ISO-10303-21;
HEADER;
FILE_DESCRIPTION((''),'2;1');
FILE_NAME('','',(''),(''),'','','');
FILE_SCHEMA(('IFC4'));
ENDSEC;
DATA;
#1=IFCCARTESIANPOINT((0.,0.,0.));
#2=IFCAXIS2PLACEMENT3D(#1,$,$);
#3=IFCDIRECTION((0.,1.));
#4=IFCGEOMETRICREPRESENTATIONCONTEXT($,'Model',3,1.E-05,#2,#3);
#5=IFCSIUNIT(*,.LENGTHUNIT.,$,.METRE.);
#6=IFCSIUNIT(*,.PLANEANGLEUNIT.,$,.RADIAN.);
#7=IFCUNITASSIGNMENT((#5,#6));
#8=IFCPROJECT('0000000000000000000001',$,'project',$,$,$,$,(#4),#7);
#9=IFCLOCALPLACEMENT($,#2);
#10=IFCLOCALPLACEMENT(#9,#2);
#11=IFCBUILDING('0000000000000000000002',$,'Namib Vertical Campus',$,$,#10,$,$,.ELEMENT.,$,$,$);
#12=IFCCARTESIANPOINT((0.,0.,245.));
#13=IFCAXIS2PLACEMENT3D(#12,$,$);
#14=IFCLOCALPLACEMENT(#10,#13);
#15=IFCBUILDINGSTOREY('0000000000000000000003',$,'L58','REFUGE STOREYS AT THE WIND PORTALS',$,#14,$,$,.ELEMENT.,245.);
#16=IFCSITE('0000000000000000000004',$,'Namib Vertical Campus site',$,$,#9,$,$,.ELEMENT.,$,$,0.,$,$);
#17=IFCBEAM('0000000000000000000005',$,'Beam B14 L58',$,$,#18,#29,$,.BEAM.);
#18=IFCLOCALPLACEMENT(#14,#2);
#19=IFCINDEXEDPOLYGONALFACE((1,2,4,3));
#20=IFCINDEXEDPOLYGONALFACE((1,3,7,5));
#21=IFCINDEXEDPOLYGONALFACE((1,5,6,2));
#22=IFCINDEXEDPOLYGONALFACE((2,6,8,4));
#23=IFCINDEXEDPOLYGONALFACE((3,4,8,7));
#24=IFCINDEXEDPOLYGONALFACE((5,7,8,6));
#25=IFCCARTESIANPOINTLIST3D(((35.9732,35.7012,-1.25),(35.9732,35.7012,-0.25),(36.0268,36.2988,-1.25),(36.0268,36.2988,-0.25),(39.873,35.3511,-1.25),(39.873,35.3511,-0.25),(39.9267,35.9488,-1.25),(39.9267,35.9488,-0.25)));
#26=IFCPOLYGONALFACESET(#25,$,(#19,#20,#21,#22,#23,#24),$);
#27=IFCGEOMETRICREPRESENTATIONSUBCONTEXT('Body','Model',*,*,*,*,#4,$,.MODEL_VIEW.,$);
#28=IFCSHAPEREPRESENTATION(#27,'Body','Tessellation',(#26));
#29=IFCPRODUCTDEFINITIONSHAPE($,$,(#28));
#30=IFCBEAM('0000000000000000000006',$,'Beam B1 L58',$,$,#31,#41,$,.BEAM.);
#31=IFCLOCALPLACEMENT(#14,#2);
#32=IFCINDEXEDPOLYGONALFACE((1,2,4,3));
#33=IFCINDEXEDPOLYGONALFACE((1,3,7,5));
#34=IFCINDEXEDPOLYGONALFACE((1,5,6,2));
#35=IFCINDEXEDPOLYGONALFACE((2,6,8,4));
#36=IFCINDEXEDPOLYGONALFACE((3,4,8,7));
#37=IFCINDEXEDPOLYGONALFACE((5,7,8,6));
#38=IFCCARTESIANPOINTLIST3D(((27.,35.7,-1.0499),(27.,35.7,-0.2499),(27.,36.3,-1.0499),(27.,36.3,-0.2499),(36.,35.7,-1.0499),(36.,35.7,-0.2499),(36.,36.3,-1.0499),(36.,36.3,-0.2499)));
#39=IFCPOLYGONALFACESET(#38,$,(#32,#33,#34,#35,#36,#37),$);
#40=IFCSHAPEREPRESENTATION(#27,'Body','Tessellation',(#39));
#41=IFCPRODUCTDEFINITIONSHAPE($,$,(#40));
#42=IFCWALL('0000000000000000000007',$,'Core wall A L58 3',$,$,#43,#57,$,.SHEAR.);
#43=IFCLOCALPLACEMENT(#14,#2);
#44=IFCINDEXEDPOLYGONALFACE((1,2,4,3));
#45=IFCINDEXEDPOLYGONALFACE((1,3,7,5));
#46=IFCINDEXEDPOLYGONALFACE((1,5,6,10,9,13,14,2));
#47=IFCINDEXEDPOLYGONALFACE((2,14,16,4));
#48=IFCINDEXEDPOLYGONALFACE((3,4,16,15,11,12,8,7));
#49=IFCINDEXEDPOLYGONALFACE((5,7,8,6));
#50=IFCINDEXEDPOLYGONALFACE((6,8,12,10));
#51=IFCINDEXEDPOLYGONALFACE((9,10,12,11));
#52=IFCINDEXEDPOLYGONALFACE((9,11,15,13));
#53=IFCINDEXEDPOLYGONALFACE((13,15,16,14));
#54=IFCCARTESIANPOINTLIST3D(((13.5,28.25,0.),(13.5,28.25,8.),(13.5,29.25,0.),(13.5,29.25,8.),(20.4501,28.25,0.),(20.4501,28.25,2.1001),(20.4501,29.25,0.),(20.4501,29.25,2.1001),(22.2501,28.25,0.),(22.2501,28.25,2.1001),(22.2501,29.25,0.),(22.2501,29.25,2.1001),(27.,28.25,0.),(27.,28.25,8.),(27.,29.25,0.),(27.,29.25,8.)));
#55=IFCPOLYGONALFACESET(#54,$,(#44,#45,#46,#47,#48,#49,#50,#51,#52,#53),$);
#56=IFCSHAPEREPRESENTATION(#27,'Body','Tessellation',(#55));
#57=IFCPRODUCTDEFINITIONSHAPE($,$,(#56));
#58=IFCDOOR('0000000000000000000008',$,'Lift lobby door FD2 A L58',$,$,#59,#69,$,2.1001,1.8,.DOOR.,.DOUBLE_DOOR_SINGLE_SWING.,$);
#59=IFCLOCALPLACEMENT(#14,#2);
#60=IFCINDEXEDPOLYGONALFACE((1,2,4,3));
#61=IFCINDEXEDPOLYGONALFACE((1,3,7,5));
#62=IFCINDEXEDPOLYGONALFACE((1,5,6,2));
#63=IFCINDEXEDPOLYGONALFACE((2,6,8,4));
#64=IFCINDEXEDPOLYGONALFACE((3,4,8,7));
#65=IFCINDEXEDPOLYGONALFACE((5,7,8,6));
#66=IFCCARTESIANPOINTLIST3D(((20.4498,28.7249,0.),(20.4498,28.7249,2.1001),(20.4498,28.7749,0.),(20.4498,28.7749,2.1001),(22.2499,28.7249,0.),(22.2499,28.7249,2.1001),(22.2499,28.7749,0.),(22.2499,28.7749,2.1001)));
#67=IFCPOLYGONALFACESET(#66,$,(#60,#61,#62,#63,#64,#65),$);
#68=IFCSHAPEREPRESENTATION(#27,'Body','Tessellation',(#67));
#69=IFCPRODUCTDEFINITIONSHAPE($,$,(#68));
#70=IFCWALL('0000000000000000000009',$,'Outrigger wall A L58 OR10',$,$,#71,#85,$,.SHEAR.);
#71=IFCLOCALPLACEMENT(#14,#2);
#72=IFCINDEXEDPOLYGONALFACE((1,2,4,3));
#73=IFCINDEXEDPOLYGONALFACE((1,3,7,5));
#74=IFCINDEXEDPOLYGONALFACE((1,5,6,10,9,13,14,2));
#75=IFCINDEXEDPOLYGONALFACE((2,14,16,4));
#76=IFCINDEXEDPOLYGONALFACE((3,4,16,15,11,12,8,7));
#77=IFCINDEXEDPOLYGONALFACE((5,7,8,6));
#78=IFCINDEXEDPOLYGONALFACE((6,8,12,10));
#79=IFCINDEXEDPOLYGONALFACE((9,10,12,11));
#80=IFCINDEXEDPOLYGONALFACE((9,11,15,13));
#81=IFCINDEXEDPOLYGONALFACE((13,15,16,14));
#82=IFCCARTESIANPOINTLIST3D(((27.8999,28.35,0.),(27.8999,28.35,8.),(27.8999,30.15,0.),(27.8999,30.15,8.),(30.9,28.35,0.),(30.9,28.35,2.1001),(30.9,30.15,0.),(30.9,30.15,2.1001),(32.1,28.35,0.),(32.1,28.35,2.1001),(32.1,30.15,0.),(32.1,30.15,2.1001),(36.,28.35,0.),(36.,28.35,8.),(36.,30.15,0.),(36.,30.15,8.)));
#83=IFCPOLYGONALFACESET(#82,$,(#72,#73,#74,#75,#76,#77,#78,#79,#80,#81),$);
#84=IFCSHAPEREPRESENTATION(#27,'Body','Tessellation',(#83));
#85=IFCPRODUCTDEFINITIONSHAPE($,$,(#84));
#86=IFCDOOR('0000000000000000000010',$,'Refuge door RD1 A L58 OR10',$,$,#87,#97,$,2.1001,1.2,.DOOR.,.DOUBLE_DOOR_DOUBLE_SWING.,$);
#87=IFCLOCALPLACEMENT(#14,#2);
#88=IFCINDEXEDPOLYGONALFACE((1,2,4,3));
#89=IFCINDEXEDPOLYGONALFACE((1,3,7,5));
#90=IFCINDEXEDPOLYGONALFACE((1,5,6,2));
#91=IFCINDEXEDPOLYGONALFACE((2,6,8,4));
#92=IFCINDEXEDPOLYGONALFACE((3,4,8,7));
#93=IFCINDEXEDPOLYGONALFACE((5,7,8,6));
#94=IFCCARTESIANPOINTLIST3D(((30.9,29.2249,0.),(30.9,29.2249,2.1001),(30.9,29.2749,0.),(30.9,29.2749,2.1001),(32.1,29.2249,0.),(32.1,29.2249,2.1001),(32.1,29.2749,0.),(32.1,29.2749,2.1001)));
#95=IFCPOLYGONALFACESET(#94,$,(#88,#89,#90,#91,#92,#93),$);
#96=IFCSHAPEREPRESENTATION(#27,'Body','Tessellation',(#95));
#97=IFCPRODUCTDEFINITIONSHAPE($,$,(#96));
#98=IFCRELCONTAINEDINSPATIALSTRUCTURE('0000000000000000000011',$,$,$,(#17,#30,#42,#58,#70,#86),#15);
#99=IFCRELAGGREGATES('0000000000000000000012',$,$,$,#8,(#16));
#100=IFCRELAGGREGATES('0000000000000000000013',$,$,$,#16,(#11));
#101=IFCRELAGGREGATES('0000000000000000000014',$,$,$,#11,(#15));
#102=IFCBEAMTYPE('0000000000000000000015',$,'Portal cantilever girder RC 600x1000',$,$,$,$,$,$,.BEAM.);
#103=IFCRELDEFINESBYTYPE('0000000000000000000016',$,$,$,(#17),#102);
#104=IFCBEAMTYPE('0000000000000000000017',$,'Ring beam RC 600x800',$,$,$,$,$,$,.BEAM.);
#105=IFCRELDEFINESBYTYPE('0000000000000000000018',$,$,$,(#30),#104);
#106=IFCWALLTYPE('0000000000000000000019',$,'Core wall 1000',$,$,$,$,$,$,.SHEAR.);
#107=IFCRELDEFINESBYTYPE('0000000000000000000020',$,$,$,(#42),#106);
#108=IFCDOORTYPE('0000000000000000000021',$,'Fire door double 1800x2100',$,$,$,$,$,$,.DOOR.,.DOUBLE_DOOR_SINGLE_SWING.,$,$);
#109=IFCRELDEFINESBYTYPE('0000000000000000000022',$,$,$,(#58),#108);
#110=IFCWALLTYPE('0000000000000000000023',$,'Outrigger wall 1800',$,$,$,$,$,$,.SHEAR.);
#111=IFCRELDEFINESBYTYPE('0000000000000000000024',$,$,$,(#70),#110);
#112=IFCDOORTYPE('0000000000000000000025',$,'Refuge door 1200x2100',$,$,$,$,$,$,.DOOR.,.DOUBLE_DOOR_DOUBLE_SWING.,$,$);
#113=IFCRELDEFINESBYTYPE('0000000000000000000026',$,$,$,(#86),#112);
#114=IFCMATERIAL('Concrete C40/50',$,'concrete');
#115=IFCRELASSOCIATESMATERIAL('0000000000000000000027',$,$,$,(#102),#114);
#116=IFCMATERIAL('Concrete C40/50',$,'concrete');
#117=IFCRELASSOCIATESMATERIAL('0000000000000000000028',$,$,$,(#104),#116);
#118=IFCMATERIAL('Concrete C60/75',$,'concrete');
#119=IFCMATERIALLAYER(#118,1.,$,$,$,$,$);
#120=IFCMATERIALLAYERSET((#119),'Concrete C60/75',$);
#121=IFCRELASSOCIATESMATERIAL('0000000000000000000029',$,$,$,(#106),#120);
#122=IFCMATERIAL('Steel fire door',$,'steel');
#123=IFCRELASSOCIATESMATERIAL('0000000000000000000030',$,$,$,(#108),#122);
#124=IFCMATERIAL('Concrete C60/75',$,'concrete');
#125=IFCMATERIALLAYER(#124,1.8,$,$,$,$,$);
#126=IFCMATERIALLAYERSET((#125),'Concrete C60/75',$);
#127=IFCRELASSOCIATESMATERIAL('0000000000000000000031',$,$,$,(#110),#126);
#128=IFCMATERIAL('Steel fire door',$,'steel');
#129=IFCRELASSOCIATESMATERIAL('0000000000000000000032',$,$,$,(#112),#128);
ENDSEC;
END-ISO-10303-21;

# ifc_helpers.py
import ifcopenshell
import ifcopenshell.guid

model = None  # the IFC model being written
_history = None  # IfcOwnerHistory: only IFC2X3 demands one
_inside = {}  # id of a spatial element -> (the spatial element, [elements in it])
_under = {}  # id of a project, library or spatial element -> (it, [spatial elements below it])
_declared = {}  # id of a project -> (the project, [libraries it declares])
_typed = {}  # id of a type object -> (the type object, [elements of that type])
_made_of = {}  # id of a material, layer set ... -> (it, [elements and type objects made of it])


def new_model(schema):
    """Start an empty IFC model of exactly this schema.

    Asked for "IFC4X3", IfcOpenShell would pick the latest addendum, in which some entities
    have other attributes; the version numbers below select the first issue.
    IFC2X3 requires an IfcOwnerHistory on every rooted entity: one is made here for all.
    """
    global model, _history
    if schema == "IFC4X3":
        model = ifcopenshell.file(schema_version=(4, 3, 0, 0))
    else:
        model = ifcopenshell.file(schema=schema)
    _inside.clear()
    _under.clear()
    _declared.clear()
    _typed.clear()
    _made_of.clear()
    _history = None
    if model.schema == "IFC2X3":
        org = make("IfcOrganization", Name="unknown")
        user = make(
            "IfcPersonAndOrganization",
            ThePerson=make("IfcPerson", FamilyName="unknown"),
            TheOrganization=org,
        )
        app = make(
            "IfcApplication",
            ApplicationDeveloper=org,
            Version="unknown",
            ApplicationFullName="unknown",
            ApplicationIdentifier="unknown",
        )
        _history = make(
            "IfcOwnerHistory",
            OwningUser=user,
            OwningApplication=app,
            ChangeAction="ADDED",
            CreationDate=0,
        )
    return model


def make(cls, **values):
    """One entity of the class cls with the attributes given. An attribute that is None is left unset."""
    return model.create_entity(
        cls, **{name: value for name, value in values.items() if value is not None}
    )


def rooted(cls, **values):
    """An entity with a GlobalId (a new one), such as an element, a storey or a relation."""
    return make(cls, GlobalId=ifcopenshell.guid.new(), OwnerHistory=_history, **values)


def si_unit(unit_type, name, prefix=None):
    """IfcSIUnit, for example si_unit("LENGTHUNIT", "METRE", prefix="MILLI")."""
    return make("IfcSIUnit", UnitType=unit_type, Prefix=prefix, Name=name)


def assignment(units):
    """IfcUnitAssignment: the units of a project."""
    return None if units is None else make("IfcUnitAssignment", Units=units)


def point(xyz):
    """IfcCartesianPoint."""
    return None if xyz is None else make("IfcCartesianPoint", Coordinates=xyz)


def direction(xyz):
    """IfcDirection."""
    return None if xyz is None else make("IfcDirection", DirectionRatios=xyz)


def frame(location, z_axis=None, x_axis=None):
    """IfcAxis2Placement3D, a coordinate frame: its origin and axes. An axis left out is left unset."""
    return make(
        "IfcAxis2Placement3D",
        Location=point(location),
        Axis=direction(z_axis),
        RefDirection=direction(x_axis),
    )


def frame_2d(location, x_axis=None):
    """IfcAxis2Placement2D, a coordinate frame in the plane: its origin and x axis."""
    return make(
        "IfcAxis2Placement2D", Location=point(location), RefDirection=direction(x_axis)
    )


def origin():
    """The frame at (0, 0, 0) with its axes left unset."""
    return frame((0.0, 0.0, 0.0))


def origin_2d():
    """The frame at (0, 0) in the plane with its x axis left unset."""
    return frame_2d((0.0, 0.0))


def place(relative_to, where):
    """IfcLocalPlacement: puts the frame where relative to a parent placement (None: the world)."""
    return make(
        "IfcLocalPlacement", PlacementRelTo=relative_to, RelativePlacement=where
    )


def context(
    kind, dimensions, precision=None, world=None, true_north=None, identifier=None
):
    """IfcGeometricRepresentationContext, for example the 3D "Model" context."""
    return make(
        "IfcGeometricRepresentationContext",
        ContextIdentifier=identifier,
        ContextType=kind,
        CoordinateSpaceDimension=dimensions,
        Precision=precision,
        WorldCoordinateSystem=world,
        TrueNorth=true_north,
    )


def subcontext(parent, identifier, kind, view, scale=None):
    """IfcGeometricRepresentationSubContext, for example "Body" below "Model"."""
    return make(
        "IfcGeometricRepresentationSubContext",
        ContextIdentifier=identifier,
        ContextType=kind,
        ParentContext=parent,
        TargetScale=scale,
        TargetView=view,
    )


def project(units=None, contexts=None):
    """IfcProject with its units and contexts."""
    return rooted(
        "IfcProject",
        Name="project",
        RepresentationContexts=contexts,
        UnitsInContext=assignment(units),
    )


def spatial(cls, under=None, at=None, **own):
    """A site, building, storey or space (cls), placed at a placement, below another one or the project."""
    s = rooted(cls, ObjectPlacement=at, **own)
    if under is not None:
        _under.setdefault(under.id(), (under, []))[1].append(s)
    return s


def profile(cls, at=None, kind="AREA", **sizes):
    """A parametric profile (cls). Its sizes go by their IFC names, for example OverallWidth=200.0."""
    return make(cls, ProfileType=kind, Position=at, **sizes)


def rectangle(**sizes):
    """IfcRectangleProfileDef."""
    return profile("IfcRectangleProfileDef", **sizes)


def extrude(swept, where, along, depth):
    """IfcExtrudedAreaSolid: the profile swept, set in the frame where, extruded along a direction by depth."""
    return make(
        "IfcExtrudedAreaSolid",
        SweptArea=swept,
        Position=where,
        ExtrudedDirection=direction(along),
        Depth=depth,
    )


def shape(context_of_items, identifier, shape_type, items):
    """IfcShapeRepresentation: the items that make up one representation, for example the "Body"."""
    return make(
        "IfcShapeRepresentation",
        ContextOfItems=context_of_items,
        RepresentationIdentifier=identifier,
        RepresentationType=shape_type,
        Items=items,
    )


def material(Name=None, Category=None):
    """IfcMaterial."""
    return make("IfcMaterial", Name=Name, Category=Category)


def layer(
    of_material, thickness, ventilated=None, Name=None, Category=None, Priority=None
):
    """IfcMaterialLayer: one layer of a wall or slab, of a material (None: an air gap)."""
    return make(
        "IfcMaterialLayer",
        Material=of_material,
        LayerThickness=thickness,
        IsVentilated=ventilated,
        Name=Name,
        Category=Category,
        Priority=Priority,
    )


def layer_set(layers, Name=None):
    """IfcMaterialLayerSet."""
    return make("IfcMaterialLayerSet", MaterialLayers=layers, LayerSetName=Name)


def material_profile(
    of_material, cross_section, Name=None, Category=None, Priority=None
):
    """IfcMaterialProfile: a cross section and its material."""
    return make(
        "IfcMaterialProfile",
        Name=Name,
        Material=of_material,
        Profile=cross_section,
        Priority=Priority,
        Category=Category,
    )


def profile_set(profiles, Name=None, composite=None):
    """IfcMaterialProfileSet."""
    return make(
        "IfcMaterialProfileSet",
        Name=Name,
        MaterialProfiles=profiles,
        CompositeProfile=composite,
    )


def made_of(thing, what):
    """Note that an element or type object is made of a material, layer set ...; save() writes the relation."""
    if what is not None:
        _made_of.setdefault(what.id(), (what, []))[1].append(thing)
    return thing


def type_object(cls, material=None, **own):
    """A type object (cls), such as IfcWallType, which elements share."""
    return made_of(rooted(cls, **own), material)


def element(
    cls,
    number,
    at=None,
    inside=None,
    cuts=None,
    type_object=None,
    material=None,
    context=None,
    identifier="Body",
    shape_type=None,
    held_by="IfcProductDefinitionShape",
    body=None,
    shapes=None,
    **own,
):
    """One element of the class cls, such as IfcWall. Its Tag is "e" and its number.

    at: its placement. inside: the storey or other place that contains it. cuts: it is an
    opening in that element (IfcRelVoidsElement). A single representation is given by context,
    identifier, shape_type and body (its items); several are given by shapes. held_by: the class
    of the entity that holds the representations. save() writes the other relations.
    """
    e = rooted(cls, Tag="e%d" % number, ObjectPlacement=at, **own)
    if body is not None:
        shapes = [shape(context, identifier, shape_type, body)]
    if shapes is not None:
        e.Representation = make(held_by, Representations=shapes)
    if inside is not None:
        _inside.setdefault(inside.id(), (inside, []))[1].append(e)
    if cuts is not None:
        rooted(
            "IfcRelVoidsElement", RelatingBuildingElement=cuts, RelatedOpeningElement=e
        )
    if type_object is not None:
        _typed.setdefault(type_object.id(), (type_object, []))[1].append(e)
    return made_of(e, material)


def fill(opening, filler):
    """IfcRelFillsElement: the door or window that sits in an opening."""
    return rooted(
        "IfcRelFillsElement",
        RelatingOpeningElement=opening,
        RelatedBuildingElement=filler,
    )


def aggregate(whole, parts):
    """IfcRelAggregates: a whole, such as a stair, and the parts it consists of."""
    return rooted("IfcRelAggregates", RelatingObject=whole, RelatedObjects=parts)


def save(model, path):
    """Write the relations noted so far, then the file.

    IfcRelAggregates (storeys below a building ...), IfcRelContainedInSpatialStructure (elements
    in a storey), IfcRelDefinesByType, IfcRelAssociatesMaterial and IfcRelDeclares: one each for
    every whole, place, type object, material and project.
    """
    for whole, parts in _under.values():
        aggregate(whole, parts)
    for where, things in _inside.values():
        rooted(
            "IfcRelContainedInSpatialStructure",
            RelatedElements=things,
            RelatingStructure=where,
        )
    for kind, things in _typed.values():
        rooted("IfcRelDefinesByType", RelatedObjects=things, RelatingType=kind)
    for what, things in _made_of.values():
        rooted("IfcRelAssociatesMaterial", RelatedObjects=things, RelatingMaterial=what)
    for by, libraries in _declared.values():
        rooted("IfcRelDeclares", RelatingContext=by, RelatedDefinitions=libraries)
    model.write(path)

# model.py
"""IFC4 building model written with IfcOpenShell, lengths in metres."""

from ifc_helpers import new_model, si_unit, direction, frame, frame_2d, origin, origin_2d, place, context, subcontext, project, spatial, rectangle, extrude, material, layer, layer_set, material_profile, profile_set, type_object, element, fill, save


model = new_model("IFC4")

# Units and contexts
model_context = context("Model", 3, precision=1e-05, world=origin(), true_north=direction((0.0, 1.0)))
body_context = subcontext(model_context, "Body", "Model", "MODEL_VIEW")
ifc_project = project(units=[si_unit("LENGTHUNIT", "METRE"), si_unit("PLANEANGLEUNIT", "RADIAN")], contexts=[model_context])

# Site, building, storey
site_placement = place(None, origin())
site = spatial("IfcSite", under=ifc_project, at=site_placement, Name="Namib Vertical Campus site", CompositionType="ELEMENT", RefElevation=0.0)
building_placement = place(site_placement, origin())
building = spatial("IfcBuilding", under=site, at=building_placement, Name="Namib Vertical Campus", CompositionType="ELEMENT")
storey_placement = place(building_placement, frame((0.0, 0.0, 245.0)))
storey = spatial("IfcBuildingStorey", under=building, at=storey_placement, Name="L58", Description="REFUGE STOREYS AT THE WIND PORTALS", CompositionType="ELEMENT", Elevation=245.0)

# Beams
ifc_material_1 = material(Name="Concrete C40/50", Category="concrete")
ifc_material_profile_1 = material_profile(ifc_material_1, rectangle(XDim=0.6001, YDim=1.0, at=origin_2d()))
ifc_profile_set_1 = profile_set([ifc_material_profile_1], Name="Concrete C40/50")
beam_type_1 = type_object("IfcBeamType", Name="Portal cantilever girder RC 600x1000", PredefinedType="BEAM", material=ifc_profile_set_1)
beam_1_placement = place(storey_placement, frame((36.0, 36.0, -0.75), z_axis=(0.995995, -0.089411, 0.0), x_axis=(0.089411, 0.995995, 0.0)))
element("IfcBeam", 1, at=beam_1_placement, inside=storey, type_object=beam_type_1, Name="Beam B14 L58", PredefinedType="BEAM", context=body_context, shape_type="SweptSolid", body=[
    extrude(rectangle(XDim=0.6001, YDim=1.0, at=origin_2d()), origin(), (0.0, 0.0, 1.0), 3.9155),
])
ifc_material_2 = material(Name="Concrete C40/50", Category="concrete")
ifc_material_profile_2 = material_profile(ifc_material_2, rectangle(XDim=0.6001, YDim=0.8, at=origin_2d()))
ifc_profile_set_2 = profile_set([ifc_material_profile_2], Name="Concrete C40/50")
beam_type_2 = type_object("IfcBeamType", Name="Ring beam RC 600x800", PredefinedType="BEAM", material=ifc_profile_set_2)
beam_2_placement = place(storey_placement, frame((27.0, 36.0, -0.6499), z_axis=(1.0, 0.0, 0.0), x_axis=(0.0, 1.0, 0.0)))
element("IfcBeam", 2, at=beam_2_placement, inside=storey, type_object=beam_type_2, Name="Beam B1 L58", PredefinedType="BEAM", context=body_context, shape_type="SweptSolid", body=[
    extrude(rectangle(XDim=0.6001, YDim=0.8, at=origin_2d()), origin(), (0.0, 0.0, 1.0), 9.0),
])

# Walls, openings, doors
ifc_material_3 = material(Name="Concrete C60/75", Category="concrete")
ifc_layer_1 = layer(ifc_material_3, 1.0)
ifc_layer_set_1 = layer_set([ifc_layer_1], Name="Concrete C60/75")
wall_type_1 = type_object("IfcWallType", Name="Core wall 1000", PredefinedType="SHEAR", material=ifc_layer_set_1)
wall_1_placement = place(storey_placement, frame((27.0, 28.75, 0.0), z_axis=(0.0, 0.0, 1.0), x_axis=(-1.0, 0.0, 0.0)))
wall_1 = element("IfcWall", 3, at=wall_1_placement, inside=storey, type_object=wall_type_1, Name="Core wall A L58 3", PredefinedType="SHEAR", context=body_context, shape_type="SweptSolid", body=[
    extrude(rectangle(XDim=13.5, YDim=1.0, at=frame_2d((6.75, 0.0))), origin(), (0.0, 0.0, 1.0), 8.0),
])
opening_1_placement = place(wall_1_placement, frame((4.75, 0.0, 0.0)))
opening_1 = element("IfcOpeningElement", 4, at=opening_1_placement, cuts=wall_1, PredefinedType="OPENING", context=body_context, shape_type="SweptSolid", body=[
    extrude(rectangle(XDim=1.8, YDim=2.1001, at=frame_2d((0.8999, 1.05))), frame((0.0, 0.51, 0.0), z_axis=(0.0, -1.0, 0.0), x_axis=(1.0, 0.0, 0.0)), (0.0, 0.0, 1.0), 1.02),
])
ifc_material_4 = material(Name="Steel fire door", Category="steel")
door_type_1 = type_object("IfcDoorType", Name="Fire door double 1800x2100", OperationType="DOUBLE_DOOR_SINGLE_SWING", PredefinedType="DOOR", material=ifc_material_4)
door_1_placement = place(opening_1_placement, frame((1.8, 0.0, 0.0), z_axis=(0.0, 0.0, 1.0), x_axis=(-1.0, 0.0, 0.0)))
door_1 = element("IfcDoor", 5, at=door_1_placement, inside=storey, type_object=door_type_1, Name="Lift lobby door FD2 A L58", OperationType="DOUBLE_DOOR_SINGLE_SWING", OverallHeight=2.1001, OverallWidth=1.8, PredefinedType="DOOR", context=body_context, shape_type="SweptSolid", body=[
    extrude(rectangle(XDim=1.8, YDim=2.1001, at=frame_2d((0.8999, 1.05))), frame((0.0, 0.0249, 0.0), z_axis=(0.0, -1.0, 0.0), x_axis=(1.0, 0.0, 0.0)), (0.0, 0.0, 1.0), 0.05),
])
fill(opening_1, door_1)
ifc_material_5 = material(Name="Concrete C60/75", Category="concrete")
ifc_layer_2 = layer(ifc_material_5, 1.8)
ifc_layer_set_2 = layer_set([ifc_layer_2], Name="Concrete C60/75")
wall_type_2 = type_object("IfcWallType", Name="Outrigger wall 1800", PredefinedType="SHEAR", material=ifc_layer_set_2)
wall_2_placement = place(storey_placement, frame((27.8999, 29.25, 0.0), z_axis=(0.0, 0.0, 1.0), x_axis=(1.0, 0.0, 0.0)))
wall_2 = element("IfcWall", 6, at=wall_2_placement, inside=storey, type_object=wall_type_2, Name="Outrigger wall A L58 OR10", PredefinedType="SHEAR", context=body_context, shape_type="SweptSolid", body=[
    extrude(rectangle(XDim=8.1001, YDim=1.8, at=frame_2d((4.05, 0.0))), origin(), (0.0, 0.0, 1.0), 8.0),
])
opening_2_placement = place(wall_2_placement, frame((3.0, 0.0, 0.0)))
opening_2 = element("IfcOpeningElement", 7, at=opening_2_placement, cuts=wall_2, PredefinedType="OPENING", context=body_context, shape_type="SweptSolid", body=[
    extrude(rectangle(XDim=1.2, YDim=2.1001, at=frame_2d((0.6001, 1.05))), frame((0.0, 0.9099, 0.0), z_axis=(0.0, -1.0, 0.0), x_axis=(1.0, 0.0, 0.0)), (0.0, 0.0, 1.0), 1.8201),
])
ifc_material_6 = material(Name="Steel fire door", Category="steel")
door_type_2 = type_object("IfcDoorType", Name="Refuge door 1200x2100", OperationType="DOUBLE_DOOR_DOUBLE_SWING", PredefinedType="DOOR", material=ifc_material_6)
door_2_placement = place(opening_2_placement, origin())
door_2 = element("IfcDoor", 8, at=door_2_placement, inside=storey, type_object=door_type_2, Name="Refuge door RD1 A L58 OR10", OperationType="DOUBLE_DOOR_DOUBLE_SWING", OverallHeight=2.1001, OverallWidth=1.2, PredefinedType="DOOR", context=body_context, shape_type="SweptSolid", body=[
    extrude(rectangle(XDim=1.2, YDim=2.1001, at=frame_2d((0.6001, 1.05))), frame((0.0, 0.0249, 0.0), z_axis=(0.0, -1.0, 0.0), x_axis=(1.0, 0.0, 0.0)), (0.0, 0.0, 1.0), 0.05),
])
fill(opening_2, door_2)

save(model, "model.ifc")
